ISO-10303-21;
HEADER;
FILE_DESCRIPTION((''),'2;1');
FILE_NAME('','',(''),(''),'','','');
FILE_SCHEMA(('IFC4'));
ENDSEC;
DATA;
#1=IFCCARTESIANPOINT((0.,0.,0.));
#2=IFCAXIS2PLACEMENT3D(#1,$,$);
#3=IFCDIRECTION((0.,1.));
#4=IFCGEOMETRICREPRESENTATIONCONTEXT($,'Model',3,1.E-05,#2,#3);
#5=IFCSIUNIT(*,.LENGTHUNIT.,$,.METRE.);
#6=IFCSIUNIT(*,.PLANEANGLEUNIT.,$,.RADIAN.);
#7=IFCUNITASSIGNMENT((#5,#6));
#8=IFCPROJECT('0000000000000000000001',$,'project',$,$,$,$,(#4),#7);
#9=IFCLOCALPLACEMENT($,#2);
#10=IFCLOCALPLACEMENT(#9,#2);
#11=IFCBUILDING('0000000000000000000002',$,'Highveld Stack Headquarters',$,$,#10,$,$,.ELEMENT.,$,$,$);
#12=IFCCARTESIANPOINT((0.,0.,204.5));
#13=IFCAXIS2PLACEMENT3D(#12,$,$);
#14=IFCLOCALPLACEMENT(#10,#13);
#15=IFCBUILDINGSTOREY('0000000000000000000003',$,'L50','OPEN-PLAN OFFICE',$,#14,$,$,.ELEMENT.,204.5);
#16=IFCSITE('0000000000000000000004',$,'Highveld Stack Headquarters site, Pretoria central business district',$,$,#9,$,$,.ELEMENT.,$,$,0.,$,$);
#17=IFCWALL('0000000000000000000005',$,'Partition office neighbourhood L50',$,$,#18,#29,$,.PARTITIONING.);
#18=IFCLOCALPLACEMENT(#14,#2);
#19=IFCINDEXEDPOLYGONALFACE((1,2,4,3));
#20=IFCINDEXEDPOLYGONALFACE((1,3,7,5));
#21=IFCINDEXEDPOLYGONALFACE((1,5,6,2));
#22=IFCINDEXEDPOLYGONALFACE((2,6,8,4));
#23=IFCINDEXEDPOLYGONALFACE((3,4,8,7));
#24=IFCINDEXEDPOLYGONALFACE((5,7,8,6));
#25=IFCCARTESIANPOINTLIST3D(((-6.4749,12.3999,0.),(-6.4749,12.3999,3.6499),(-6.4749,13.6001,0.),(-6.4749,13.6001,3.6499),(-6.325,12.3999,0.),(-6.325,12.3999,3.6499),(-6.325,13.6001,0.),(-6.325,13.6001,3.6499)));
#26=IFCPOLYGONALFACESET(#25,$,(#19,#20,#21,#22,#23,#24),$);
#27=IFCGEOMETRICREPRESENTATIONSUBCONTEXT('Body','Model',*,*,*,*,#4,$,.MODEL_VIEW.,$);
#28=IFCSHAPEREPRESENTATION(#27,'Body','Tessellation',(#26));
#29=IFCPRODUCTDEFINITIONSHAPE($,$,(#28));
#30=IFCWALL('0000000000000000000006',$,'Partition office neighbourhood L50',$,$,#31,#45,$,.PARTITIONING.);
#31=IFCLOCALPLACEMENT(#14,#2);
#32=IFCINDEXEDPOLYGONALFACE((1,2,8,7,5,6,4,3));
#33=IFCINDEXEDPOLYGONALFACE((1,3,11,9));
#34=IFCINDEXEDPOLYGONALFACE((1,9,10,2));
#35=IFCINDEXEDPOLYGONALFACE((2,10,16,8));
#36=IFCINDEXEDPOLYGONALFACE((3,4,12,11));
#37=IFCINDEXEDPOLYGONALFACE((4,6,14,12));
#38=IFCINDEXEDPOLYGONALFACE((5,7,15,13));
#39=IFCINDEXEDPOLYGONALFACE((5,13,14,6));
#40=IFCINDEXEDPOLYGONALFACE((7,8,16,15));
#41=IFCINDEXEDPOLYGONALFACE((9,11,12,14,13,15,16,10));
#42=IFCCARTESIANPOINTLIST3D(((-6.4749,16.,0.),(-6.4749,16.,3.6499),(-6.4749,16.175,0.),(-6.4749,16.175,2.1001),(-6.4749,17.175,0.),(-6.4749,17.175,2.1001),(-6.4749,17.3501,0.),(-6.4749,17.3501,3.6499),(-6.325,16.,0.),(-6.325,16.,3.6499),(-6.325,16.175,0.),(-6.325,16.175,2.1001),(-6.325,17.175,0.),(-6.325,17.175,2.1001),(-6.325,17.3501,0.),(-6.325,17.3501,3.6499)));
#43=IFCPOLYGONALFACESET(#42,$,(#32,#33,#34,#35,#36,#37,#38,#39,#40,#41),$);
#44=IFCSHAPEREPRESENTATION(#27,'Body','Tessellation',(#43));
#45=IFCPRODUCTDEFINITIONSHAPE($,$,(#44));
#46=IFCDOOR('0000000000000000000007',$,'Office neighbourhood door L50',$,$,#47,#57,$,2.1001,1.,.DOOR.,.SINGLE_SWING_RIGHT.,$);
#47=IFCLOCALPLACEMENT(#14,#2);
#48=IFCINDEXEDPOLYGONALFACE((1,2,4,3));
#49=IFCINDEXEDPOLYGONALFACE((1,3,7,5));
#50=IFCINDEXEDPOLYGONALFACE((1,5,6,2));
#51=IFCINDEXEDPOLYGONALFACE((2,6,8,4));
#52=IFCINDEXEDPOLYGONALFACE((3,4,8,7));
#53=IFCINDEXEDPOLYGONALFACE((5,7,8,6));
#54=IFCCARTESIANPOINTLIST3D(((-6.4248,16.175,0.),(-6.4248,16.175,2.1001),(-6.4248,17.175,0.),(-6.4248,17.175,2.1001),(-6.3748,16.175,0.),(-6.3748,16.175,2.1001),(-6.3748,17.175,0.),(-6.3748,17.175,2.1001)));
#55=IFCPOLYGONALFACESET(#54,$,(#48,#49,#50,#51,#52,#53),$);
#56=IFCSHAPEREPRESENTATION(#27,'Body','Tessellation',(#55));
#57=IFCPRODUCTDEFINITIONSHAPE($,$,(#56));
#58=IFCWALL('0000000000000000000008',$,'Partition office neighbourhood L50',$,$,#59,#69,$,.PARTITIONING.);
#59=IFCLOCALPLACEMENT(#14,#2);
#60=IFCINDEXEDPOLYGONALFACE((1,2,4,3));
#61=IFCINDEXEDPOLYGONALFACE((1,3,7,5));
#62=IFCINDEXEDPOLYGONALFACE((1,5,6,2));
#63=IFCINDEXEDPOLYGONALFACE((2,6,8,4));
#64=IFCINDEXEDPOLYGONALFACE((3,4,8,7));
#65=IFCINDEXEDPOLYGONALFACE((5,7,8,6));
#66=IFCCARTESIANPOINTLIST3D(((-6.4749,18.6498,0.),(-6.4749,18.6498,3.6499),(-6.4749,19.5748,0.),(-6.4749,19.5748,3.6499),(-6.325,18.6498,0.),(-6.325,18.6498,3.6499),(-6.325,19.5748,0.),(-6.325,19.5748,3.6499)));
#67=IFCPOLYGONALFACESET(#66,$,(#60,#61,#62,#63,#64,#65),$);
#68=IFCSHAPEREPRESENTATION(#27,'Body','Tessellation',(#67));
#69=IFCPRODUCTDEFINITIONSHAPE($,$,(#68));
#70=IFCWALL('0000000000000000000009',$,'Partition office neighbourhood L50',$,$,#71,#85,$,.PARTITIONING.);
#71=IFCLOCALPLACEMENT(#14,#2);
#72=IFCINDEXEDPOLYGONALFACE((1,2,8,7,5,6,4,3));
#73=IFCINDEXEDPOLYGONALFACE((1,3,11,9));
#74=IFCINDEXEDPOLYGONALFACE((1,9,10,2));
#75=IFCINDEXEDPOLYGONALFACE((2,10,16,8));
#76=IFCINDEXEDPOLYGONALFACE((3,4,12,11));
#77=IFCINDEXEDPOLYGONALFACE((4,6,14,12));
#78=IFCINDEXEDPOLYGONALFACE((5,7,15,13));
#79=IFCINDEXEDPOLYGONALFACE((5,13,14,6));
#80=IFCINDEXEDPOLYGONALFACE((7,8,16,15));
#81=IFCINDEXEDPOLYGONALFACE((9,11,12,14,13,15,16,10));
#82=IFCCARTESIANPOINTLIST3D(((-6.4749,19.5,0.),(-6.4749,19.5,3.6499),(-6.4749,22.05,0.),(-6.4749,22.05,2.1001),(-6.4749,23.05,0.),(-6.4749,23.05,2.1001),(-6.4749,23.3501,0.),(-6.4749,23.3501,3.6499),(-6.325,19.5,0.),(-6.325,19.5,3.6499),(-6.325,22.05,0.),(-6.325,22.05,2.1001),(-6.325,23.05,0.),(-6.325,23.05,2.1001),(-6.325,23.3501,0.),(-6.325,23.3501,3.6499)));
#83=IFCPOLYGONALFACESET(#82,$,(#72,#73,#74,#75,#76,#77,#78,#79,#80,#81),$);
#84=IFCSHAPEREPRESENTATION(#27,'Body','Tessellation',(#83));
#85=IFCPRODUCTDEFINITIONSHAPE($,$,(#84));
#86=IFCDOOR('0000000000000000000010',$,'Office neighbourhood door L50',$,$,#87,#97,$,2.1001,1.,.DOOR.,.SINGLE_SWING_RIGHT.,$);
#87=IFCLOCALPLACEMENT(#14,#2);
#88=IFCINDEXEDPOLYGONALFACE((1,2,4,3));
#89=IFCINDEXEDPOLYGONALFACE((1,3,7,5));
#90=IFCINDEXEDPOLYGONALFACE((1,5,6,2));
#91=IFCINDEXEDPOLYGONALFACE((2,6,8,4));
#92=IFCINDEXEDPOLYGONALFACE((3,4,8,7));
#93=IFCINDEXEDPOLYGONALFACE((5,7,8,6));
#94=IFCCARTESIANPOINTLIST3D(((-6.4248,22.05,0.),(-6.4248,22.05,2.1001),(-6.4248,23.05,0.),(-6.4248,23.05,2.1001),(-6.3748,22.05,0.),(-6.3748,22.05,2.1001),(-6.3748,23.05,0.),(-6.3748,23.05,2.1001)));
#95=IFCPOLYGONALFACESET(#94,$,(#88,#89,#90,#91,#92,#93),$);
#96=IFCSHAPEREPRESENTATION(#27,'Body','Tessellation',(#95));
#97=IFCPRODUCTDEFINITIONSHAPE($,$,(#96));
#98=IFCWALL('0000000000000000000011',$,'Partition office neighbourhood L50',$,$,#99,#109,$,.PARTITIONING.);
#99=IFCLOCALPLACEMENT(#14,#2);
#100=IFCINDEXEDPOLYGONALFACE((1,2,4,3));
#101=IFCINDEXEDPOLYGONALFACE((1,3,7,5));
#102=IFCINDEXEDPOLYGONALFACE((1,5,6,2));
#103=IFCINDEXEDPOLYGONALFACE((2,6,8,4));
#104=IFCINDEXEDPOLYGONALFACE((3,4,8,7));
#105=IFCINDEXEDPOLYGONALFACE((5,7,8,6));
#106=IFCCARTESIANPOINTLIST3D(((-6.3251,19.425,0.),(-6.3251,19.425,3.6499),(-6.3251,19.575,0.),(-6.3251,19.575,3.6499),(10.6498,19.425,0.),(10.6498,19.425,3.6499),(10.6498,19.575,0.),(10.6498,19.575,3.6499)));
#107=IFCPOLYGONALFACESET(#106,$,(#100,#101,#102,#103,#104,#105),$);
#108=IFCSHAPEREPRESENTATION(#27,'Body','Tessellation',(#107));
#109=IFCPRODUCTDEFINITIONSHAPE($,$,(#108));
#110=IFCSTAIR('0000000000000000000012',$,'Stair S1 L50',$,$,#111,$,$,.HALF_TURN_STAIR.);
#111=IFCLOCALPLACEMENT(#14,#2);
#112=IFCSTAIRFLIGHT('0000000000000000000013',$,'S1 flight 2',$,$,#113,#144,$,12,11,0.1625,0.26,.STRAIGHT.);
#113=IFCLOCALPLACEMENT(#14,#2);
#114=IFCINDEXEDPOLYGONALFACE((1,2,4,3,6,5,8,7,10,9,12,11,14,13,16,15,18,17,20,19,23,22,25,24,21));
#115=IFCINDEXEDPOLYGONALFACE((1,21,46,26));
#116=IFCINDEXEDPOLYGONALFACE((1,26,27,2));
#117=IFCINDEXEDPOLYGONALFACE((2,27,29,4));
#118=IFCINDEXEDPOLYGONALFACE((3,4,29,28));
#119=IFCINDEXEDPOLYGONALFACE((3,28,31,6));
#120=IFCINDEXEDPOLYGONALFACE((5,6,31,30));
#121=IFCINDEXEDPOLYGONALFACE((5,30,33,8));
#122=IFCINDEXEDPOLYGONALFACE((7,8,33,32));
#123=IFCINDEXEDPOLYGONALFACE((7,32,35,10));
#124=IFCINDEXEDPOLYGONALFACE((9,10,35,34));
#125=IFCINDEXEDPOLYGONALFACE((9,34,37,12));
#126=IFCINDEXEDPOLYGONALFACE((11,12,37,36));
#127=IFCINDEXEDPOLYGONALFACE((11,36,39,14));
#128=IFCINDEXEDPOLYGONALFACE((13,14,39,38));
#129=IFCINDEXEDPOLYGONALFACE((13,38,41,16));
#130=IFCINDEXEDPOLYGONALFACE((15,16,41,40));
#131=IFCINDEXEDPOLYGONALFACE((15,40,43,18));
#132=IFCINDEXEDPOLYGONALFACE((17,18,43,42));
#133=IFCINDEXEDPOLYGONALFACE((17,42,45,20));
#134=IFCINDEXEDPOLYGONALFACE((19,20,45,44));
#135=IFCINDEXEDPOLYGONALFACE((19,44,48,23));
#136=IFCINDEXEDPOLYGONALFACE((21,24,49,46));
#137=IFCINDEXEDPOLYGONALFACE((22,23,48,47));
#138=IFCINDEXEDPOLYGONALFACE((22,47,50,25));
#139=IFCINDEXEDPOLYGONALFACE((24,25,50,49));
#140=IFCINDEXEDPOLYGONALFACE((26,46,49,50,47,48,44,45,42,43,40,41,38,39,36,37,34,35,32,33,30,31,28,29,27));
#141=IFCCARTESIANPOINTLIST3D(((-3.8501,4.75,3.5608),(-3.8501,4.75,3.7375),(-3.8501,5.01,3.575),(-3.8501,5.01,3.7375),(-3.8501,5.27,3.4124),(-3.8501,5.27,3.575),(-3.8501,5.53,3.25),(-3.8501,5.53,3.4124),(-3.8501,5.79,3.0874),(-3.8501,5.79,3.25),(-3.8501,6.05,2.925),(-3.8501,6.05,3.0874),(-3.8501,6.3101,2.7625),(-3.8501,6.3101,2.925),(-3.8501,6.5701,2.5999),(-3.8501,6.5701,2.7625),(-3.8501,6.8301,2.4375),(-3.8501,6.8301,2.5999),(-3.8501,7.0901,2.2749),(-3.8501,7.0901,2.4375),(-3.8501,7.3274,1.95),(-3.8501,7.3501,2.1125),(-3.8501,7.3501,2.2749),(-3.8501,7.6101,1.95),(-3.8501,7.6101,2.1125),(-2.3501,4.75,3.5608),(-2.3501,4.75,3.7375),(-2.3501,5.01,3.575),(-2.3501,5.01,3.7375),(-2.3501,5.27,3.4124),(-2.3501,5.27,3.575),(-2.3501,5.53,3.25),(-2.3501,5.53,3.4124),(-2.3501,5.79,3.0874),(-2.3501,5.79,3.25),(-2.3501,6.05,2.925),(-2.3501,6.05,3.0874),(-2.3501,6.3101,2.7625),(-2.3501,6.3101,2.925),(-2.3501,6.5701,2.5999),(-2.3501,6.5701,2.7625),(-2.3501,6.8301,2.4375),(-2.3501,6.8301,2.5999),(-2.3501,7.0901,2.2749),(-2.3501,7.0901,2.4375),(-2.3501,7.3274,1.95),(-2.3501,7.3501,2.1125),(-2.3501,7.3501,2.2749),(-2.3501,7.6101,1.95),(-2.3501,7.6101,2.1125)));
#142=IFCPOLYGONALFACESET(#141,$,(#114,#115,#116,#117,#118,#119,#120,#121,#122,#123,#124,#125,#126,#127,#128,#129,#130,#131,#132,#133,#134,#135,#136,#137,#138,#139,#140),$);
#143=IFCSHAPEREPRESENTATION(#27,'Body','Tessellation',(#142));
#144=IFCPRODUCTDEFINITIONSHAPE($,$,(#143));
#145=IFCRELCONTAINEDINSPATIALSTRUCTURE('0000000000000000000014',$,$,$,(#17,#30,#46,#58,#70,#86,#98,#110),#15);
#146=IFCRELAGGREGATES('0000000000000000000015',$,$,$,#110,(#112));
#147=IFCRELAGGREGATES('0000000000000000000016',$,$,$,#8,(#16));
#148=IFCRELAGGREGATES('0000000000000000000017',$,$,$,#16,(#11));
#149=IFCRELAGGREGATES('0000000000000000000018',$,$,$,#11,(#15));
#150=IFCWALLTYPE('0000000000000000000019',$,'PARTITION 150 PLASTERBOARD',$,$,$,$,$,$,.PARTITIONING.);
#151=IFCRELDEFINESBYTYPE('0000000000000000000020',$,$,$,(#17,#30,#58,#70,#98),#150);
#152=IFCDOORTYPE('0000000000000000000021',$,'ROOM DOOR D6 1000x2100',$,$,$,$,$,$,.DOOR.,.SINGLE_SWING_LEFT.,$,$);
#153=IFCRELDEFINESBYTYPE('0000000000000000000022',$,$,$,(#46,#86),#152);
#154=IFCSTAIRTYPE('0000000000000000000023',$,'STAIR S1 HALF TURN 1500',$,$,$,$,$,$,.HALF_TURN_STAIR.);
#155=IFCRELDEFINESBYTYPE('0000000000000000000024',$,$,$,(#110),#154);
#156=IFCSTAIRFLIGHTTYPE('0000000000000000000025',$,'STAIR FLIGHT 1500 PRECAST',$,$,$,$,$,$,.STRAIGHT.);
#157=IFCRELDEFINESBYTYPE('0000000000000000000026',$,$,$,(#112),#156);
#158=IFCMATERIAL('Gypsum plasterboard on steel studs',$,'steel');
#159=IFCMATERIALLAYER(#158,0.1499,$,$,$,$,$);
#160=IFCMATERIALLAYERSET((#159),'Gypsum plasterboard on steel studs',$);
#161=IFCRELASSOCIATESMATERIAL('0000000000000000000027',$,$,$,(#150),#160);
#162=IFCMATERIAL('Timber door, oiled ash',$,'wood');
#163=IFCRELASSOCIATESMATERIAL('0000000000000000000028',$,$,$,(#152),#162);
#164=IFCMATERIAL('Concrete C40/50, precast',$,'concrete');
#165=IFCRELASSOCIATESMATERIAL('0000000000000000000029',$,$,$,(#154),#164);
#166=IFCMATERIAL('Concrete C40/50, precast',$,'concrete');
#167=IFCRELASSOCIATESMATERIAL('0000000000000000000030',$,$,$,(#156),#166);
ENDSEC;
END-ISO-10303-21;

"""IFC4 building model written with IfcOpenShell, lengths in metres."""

from ifc_helpers import new_model, si_unit, direction, frame, frame_2d, origin, place, context, subcontext, project, spatial, polyline, rectangle, outline, extrude, material, layer, layer_set, type_object, element, fill, aggregate, save


model = new_model("IFC4")

# Units and contexts
model_context = context("Model", 3, precision=1e-05, world=origin(), true_north=direction((0.0, 1.0)))
body_context = subcontext(model_context, "Body", "Model", "MODEL_VIEW")
ifc_project = project(units=[si_unit("LENGTHUNIT", "METRE"), si_unit("PLANEANGLEUNIT", "RADIAN")], contexts=[model_context])

# Site, building, storey
site_placement = place(None, origin())
site = spatial("IfcSite", under=ifc_project, at=site_placement, Name="Highveld Stack Headquarters site, Pretoria central business district", CompositionType="ELEMENT", RefElevation=0.0)
building_placement = place(site_placement, origin())
building = spatial("IfcBuilding", under=site, at=building_placement, Name="Highveld Stack Headquarters", CompositionType="ELEMENT")
storey_placement = place(building_placement, frame((0.0, 0.0, 204.5)))
storey = spatial("IfcBuildingStorey", under=building, at=storey_placement, Name="L50", Description="OPEN-PLAN OFFICE", CompositionType="ELEMENT", Elevation=204.5)

# Wall
ifc_material_1 = material(Name="Gypsum plasterboard on steel studs", Category="steel")
ifc_layer_1 = layer(ifc_material_1, 0.1499)
ifc_layer_set_1 = layer_set([ifc_layer_1], Name="Gypsum plasterboard on steel studs")
wall_type_1 = type_object("IfcWallType", Name="PARTITION 150 PLASTERBOARD", PredefinedType="PARTITIONING", material=ifc_layer_set_1)
wall_1_placement = place(storey_placement, frame((-6.3999, 12.3999, 0.0), z_axis=(0.0, 0.0, 1.0), x_axis=(0.0, 1.0, 0.0)))
element("IfcWall", 1, at=wall_1_placement, inside=storey, type_object=wall_type_1, Name="Partition office neighbourhood L50", PredefinedType="PARTITIONING", context=body_context, shape_type="SweptSolid", body=[
    extrude(rectangle(XDim=1.2002, YDim=0.1499, at=frame_2d((0.6001, 0.0))), origin(), (0.0, 0.0, 1.0), 3.6499),
])

# Wall, opening, door
wall_2_placement = place(storey_placement, frame((-6.3999, 16.0, 0.0), z_axis=(0.0, 0.0, 1.0), x_axis=(0.0, 1.0, 0.0)))
wall_2 = element("IfcWall", 2, at=wall_2_placement, inside=storey, type_object=wall_type_1, Name="Partition office neighbourhood L50", PredefinedType="PARTITIONING", context=body_context, shape_type="SweptSolid", body=[
    extrude(rectangle(XDim=1.3501, YDim=0.1499, at=frame_2d((0.675, 0.0))), origin(), (0.0, 0.0, 1.0), 3.6499),
])
opening_1_placement = place(wall_2_placement, frame((0.175, 0.0, 0.0)))
opening_1 = element("IfcOpeningElement", 3, at=opening_1_placement, cuts=wall_2, PredefinedType="OPENING", context=body_context, shape_type="SweptSolid", body=[
    extrude(rectangle(XDim=1.0, YDim=2.1001, at=frame_2d((0.5, 1.05))), frame((0.0, 0.085, 0.0), z_axis=(0.0, -1.0, 0.0), x_axis=(1.0, 0.0, 0.0)), (0.0, 0.0, 1.0), 0.1699),
])
ifc_material_2 = material(Name="Timber door, oiled ash", Category="wood")
door_type = type_object("IfcDoorType", Name="ROOM DOOR D6 1000x2100", OperationType="SINGLE_SWING_LEFT", PredefinedType="DOOR", material=ifc_material_2)
door_1_placement = place(opening_1_placement, origin())
door_1 = element("IfcDoor", 4, at=door_1_placement, inside=storey, type_object=door_type, Name="Office neighbourhood door L50", OperationType="SINGLE_SWING_RIGHT", OverallHeight=2.1001, OverallWidth=1.0, PredefinedType="DOOR", context=body_context, shape_type="SweptSolid", body=[
    extrude(rectangle(XDim=1.0, YDim=2.1001, at=frame_2d((0.5, 1.05))), frame((0.0, 0.0249, 0.0), z_axis=(0.0, -1.0, 0.0), x_axis=(1.0, 0.0, 0.0)), (0.0, 0.0, 1.0), 0.05),
])
fill(opening_1, door_1)

# Wall
wall_3_placement = place(storey_placement, frame((-6.3999, 18.6499, 0.0), z_axis=(0.0, 0.0, 1.0), x_axis=(0.0, 1.0, 0.0)))
element("IfcWall", 5, at=wall_3_placement, inside=storey, type_object=wall_type_1, Name="Partition office neighbourhood L50", PredefinedType="PARTITIONING", context=body_context, shape_type="SweptSolid", body=[
    extrude(rectangle(XDim=0.925, YDim=0.1499, at=frame_2d((0.4624, 0.0))), origin(), (0.0, 0.0, 1.0), 3.6499),
])

# Wall, opening, door
wall_4_placement = place(storey_placement, frame((-6.3999, 19.5, 0.0), z_axis=(0.0, 0.0, 1.0), x_axis=(0.0, 1.0, 0.0)))
wall_4 = element("IfcWall", 6, at=wall_4_placement, inside=storey, type_object=wall_type_1, Name="Partition office neighbourhood L50", PredefinedType="PARTITIONING", context=body_context, shape_type="SweptSolid", body=[
    extrude(rectangle(XDim=3.8501, YDim=0.1499, at=frame_2d((1.925, 0.0))), origin(), (0.0, 0.0, 1.0), 3.6499),
])
opening_2_placement = place(wall_4_placement, frame((2.55, 0.0, 0.0)))
opening_2 = element("IfcOpeningElement", 7, at=opening_2_placement, cuts=wall_4, PredefinedType="OPENING", context=body_context, shape_type="SweptSolid", body=[
    extrude(rectangle(XDim=1.0, YDim=2.1001, at=frame_2d((0.5, 1.05))), frame((0.0, 0.085, 0.0), z_axis=(0.0, -1.0, 0.0), x_axis=(1.0, 0.0, 0.0)), (0.0, 0.0, 1.0), 0.1699),
])
door_2_placement = place(opening_2_placement, origin())
door_2 = element("IfcDoor", 8, at=door_2_placement, inside=storey, type_object=door_type, Name="Office neighbourhood door L50", OperationType="SINGLE_SWING_RIGHT", OverallHeight=2.1001, OverallWidth=1.0, PredefinedType="DOOR", context=body_context, shape_type="SweptSolid", body=[
    extrude(rectangle(XDim=1.0, YDim=2.1001, at=frame_2d((0.5, 1.05))), frame((0.0, 0.0249, 0.0), z_axis=(0.0, -1.0, 0.0), x_axis=(1.0, 0.0, 0.0)), (0.0, 0.0, 1.0), 0.05),
])
fill(opening_2, door_2)

# Wall
wall_5_placement = place(storey_placement, frame((-6.325, 19.5, 0.0), z_axis=(0.0, 0.0, 1.0), x_axis=(1.0, 0.0, 0.0)))
element("IfcWall", 9, at=wall_5_placement, inside=storey, type_object=wall_type_1, Name="Partition office neighbourhood L50", PredefinedType="PARTITIONING", context=body_context, shape_type="SweptSolid", body=[
    extrude(rectangle(XDim=16.9749, YDim=0.1499, at=frame_2d((8.4873, 0.0))), origin(), (0.0, 0.0, 1.0), 3.6499),
])

# Stair, stair flight
ifc_material_3 = material(Name="Concrete C40/50, precast", Category="concrete")
stair_type = type_object("IfcStairType", Name="STAIR S1 HALF TURN 1500", PredefinedType="HALF_TURN_STAIR", material=ifc_material_3)
stair_placement = place(storey_placement, origin())
stair = element("IfcStair", 10, at=stair_placement, inside=storey, type_object=stair_type, Name="Stair S1 L50", PredefinedType="HALF_TURN_STAIR")
ifc_material_4 = material(Name="Concrete C40/50, precast", Category="concrete")
stair_flight_type = type_object("IfcStairFlightType", Name="STAIR FLIGHT 1500 PRECAST", PredefinedType="STRAIGHT", material=ifc_material_4)
stair_flight_placement = place(storey_placement, frame((-3.1001, 7.6101, 1.95), z_axis=(0.0, 0.0, 1.0), x_axis=(0.0, -1.0, 0.0)))
stair_flight = element("IfcStairFlight", 11, at=stair_flight_placement, type_object=stair_flight_type, Name="S1 flight 2", NumberOfRisers=12, NumberOfTreads=11, PredefinedType="STRAIGHT", RiserHeight=0.1625, TreadLength=0.26, context=body_context, shape_type="SweptSolid", body=[
    extrude(outline(polyline([(0.0, 0.0), (0.0, 0.1626), (0.26, 0.1626), (0.26, 0.325), (0.52, 0.325), (0.52, 0.4875), (0.78, 0.4875), (0.78, 0.6499), (1.04, 0.6499), (1.04, 0.8125), (1.3, 0.8125), (1.3, 0.9751), (1.5601, 0.9751), (1.5601, 1.1375), (1.8201, 1.1375), (1.8201, 1.3), (2.0801, 1.3), (2.0801, 1.4624), (2.3401, 1.4624), (2.3401, 1.625), (2.6001, 1.625), (2.6001, 1.7876), (2.8601, 1.7876), (2.8601, 1.95), (2.8601, 1.6108), (0.2827, 0.0), (0.0, 0.0)])), frame((0.0, 0.75, 0.0), z_axis=(0.0, -1.0, 0.0), x_axis=(1.0, 0.0, 0.0)), (0.0, 0.0, 1.0), 1.5),
])
aggregate(stair, [stair_flight])

save(model, "model.ifc")
